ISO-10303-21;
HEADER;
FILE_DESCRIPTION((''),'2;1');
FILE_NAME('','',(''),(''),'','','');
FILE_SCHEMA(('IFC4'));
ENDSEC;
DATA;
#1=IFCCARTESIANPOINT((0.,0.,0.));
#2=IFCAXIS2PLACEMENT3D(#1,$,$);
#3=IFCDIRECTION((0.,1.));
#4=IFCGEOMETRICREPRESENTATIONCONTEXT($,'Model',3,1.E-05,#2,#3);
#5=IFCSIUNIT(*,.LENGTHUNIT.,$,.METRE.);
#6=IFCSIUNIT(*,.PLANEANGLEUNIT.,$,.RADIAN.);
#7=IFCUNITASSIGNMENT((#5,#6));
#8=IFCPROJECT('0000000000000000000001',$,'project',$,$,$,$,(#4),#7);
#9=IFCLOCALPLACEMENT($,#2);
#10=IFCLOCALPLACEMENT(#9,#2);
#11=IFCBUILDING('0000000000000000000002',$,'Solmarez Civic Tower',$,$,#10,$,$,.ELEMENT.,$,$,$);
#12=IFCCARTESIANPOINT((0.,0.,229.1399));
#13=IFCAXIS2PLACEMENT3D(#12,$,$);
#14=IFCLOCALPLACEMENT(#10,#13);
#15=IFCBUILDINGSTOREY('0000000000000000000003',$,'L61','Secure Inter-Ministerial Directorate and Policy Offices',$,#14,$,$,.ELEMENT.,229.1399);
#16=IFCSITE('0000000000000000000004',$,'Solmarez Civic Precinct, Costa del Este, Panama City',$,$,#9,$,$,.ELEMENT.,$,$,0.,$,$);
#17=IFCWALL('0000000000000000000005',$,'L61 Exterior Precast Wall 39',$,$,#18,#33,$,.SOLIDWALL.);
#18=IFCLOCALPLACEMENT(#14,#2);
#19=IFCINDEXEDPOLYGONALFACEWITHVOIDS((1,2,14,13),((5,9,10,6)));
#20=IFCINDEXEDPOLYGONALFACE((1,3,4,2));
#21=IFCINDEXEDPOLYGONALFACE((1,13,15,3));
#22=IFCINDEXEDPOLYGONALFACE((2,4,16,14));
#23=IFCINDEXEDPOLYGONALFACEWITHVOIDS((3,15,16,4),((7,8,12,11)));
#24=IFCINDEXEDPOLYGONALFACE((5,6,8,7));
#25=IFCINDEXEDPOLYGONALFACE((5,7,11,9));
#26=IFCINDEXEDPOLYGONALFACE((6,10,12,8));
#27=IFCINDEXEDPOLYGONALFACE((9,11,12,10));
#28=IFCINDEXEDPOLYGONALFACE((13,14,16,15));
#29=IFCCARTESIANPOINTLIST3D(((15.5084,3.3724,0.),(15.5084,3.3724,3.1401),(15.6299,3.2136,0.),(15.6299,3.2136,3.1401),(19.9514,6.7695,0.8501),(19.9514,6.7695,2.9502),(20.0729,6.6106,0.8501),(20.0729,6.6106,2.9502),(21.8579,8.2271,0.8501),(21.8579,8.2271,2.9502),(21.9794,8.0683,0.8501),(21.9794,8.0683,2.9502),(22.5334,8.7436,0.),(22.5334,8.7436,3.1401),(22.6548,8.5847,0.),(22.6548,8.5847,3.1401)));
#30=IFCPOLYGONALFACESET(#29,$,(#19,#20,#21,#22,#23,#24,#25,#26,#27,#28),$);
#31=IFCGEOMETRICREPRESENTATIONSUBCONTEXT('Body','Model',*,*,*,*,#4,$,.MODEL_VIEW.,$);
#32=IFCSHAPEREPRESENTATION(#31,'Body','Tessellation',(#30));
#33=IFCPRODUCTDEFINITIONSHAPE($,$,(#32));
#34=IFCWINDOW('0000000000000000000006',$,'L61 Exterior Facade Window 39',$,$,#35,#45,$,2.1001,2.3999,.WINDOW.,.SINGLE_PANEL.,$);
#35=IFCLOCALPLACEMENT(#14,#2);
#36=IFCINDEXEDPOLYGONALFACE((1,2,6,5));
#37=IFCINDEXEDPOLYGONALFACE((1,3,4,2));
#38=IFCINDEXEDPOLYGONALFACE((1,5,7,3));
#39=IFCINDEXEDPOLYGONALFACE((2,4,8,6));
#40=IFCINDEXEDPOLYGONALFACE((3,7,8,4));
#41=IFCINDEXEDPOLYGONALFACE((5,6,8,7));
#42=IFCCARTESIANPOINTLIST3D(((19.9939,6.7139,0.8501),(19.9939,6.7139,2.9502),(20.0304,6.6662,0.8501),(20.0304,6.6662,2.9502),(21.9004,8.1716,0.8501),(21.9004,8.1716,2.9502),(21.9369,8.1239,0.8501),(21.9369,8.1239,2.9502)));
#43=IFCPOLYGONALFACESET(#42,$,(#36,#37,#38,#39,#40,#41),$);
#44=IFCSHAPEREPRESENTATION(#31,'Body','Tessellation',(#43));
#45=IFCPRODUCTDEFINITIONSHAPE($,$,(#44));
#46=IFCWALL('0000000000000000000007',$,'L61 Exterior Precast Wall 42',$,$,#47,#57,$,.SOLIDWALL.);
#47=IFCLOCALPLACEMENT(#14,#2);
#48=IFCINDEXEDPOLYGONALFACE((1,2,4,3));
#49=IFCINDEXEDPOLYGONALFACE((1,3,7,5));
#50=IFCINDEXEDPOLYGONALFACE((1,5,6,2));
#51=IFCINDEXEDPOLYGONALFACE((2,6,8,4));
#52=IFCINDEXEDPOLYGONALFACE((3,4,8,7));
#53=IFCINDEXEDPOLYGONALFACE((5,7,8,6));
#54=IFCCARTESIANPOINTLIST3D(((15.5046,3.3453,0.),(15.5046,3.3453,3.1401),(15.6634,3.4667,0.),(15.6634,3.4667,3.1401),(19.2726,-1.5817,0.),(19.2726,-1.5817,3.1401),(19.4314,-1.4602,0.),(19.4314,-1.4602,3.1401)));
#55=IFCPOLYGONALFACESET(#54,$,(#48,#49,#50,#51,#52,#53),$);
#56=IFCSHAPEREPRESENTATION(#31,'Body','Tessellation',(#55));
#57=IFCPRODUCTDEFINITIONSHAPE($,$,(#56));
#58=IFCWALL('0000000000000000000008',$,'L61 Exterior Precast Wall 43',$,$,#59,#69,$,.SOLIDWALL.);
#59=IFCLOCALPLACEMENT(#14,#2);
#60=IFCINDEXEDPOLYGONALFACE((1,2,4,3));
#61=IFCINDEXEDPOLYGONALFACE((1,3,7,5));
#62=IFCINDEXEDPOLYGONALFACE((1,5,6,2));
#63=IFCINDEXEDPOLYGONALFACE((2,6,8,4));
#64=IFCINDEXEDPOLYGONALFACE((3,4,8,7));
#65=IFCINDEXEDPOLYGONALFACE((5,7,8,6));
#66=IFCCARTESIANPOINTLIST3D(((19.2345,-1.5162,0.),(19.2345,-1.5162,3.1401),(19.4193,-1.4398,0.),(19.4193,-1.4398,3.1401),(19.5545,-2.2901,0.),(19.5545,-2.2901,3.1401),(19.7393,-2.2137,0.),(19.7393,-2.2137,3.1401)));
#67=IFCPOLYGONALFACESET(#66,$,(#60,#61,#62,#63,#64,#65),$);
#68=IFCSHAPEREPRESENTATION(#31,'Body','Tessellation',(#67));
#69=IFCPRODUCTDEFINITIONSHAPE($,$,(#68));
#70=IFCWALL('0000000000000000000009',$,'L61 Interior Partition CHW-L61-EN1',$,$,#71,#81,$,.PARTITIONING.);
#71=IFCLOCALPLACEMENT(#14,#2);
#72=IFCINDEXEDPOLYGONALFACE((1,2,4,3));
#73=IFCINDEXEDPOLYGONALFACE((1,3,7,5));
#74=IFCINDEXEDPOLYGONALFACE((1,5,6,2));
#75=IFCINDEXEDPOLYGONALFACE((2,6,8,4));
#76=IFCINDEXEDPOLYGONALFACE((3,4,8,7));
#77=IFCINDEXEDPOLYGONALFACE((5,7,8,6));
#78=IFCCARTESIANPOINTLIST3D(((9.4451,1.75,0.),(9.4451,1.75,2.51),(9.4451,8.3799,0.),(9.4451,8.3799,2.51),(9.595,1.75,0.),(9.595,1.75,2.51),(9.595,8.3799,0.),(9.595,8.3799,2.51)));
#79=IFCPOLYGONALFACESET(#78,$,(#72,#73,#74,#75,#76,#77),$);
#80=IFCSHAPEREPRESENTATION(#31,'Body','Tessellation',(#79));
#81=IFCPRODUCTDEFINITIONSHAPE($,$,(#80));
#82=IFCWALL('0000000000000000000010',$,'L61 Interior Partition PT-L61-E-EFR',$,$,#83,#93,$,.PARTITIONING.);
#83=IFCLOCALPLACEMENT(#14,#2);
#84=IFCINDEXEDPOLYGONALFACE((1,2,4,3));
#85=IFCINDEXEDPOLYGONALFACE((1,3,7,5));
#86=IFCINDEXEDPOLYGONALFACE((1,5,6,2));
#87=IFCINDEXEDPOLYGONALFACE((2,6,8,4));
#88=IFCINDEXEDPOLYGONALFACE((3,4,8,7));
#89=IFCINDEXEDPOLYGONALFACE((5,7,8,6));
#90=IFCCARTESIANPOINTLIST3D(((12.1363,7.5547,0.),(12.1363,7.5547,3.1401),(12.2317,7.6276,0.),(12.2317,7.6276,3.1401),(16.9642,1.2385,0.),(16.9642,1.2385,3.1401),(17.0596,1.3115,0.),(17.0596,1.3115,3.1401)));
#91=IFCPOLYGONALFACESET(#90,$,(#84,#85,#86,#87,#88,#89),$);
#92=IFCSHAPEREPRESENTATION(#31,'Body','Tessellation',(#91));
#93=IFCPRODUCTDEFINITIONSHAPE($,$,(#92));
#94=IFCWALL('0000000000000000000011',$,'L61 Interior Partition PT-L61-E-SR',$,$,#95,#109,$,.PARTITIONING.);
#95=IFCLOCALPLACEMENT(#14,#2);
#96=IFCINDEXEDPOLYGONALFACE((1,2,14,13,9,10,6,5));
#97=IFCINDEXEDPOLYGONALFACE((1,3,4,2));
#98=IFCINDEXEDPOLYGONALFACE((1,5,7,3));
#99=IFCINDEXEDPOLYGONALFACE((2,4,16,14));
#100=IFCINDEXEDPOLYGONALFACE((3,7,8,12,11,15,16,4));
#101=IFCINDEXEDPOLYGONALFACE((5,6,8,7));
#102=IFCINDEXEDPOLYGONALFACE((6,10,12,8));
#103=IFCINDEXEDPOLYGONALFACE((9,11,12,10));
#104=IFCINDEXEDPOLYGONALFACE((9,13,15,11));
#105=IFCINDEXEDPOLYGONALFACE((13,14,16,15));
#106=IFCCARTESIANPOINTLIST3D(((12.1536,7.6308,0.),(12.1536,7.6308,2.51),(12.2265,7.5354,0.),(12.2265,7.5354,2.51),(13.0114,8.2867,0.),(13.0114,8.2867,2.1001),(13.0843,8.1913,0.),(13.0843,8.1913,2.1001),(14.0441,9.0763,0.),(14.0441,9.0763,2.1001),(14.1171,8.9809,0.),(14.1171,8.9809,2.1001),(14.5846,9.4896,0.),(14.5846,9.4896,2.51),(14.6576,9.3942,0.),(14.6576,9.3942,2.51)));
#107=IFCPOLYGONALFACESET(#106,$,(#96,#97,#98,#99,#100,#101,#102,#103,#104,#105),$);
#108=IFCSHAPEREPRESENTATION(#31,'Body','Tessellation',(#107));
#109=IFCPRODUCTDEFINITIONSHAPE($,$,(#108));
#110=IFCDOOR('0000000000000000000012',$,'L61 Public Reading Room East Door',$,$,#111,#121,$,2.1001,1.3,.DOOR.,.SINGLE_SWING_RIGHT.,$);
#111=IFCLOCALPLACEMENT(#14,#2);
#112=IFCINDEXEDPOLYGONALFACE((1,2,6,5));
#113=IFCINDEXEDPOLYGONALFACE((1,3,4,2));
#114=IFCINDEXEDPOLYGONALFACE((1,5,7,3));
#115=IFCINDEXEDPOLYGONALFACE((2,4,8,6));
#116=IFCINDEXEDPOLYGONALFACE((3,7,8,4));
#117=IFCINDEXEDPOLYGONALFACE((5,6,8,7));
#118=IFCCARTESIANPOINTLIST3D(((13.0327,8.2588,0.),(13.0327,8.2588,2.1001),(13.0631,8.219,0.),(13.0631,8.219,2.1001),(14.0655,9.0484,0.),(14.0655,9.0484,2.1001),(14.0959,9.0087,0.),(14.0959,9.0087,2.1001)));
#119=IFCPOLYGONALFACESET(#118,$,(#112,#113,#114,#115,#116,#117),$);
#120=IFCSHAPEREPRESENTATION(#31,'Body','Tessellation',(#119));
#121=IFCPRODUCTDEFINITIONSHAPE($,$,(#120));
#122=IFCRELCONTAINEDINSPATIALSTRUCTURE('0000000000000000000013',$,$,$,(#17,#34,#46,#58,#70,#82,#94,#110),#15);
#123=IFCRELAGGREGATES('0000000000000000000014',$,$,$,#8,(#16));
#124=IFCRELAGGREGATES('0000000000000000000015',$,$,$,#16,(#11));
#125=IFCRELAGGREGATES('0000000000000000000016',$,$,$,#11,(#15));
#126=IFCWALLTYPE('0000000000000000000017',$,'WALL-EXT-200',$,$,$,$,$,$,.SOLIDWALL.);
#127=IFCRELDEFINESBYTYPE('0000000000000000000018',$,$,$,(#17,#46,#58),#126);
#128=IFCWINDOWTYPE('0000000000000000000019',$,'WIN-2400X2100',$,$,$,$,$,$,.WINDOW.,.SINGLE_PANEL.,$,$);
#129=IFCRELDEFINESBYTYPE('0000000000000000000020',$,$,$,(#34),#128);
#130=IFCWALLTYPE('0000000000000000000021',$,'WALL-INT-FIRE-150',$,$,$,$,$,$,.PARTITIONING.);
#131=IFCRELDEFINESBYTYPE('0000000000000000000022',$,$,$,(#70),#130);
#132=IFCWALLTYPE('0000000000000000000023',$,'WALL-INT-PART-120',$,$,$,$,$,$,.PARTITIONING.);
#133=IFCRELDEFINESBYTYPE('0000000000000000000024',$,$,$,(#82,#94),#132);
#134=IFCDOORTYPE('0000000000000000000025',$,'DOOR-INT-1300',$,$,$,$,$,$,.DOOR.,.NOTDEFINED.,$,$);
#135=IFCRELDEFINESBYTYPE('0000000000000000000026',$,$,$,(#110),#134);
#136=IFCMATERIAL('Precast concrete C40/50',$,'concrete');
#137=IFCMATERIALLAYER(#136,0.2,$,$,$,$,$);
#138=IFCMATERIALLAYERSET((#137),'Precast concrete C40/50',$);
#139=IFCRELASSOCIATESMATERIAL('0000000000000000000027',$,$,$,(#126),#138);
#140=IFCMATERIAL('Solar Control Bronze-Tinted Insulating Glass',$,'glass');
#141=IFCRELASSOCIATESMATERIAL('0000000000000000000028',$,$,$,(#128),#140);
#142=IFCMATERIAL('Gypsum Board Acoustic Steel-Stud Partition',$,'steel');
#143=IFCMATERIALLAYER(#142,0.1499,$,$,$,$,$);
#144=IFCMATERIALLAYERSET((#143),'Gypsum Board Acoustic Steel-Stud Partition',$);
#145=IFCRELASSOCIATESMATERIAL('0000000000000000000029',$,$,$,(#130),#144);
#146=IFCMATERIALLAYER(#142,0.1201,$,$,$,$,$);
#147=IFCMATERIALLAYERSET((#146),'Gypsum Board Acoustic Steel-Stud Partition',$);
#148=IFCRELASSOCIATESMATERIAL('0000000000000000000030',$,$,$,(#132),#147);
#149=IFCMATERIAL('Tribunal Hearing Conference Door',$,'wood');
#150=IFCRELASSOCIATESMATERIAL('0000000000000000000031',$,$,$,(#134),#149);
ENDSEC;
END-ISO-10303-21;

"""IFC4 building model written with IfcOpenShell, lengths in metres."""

from ifc_helpers import new_model, si_unit, direction, frame, frame_2d, origin, place, context, subcontext, project, spatial, rectangle, extrude, material, layer, layer_set, type_object, element, fill, save


model = new_model("IFC4")

# Units and contexts
model_context = context("Model", 3, precision=1e-05, world=origin(), true_north=direction((0.0, 1.0)))
body_context = subcontext(model_context, "Body", "Model", "MODEL_VIEW")
ifc_project = project(units=[si_unit("LENGTHUNIT", "METRE"), si_unit("PLANEANGLEUNIT", "RADIAN")], contexts=[model_context])

# Site, building, storey
site_placement = place(None, origin())
site = spatial("IfcSite", under=ifc_project, at=site_placement, Name="Solmarez Civic Precinct, Costa del Este, Panama City", CompositionType="ELEMENT", RefElevation=0.0)
building_placement = place(site_placement, origin())
building = spatial("IfcBuilding", under=site, at=building_placement, Name="Solmarez Civic Tower", CompositionType="ELEMENT")
storey_placement = place(building_placement, frame((0.0, 0.0, 229.1399)))
storey = spatial("IfcBuildingStorey", under=building, at=storey_placement, Name="L61", Description="Secure Inter-Ministerial Directorate and Policy Offices", CompositionType="ELEMENT", Elevation=229.1399)

# Shared definitions
ifc_material_1 = material(Name="Precast concrete C40/50", Category="concrete")
ifc_layer_1 = layer(ifc_material_1, 0.2)
ifc_layer_set_1 = layer_set([ifc_layer_1], Name="Precast concrete C40/50")
wall_type_1 = type_object("IfcWallType", Name="WALL-EXT-200", PredefinedType="SOLIDWALL", material=ifc_layer_set_1)

# Wall, opening, window
wall_1_placement = place(storey_placement, frame((22.594, 8.6641, 0.0), z_axis=(0.0, 0.0, 1.0), x_axis=(-0.794406, -0.607387, 0.0)))
wall_1 = element("IfcWall", 1, at=wall_1_placement, inside=storey, type_object=wall_type_1, Name="L61 Exterior Precast Wall 39", PredefinedType="SOLIDWALL", context=body_context, shape_type="SweptSolid", body=[
    extrude(rectangle(XDim=8.843, YDim=0.2, at=frame_2d((4.4214, 0.0))), origin(), (0.0, 0.0, 1.0), 3.1401),
])
opening_1_placement = place(wall_1_placement, frame((0.8501, 0.0, 0.8501)))
opening_1 = element("IfcOpeningElement", 2, at=opening_1_placement, cuts=wall_1, PredefinedType="OPENING", context=body_context, shape_type="SweptSolid", body=[
    extrude(rectangle(XDim=2.3999, YDim=2.1001, at=frame_2d((1.2, 1.05))), frame((0.0, 0.1099, 0.0), z_axis=(0.0, -1.0, 0.0), x_axis=(1.0, 0.0, 0.0)), (0.0, 0.0, 1.0), 0.22),
])
ifc_material_2 = material(Name="Solar Control Bronze-Tinted Insulating Glass", Category="glass")
window_type = type_object("IfcWindowType", Name="WIN-2400X2100", PartitioningType="SINGLE_PANEL", PredefinedType="WINDOW", material=ifc_material_2)
window_placement = place(opening_1_placement, origin())
window = element("IfcWindow", 3, at=window_placement, inside=storey, type_object=window_type, Name="L61 Exterior Facade Window 39", OverallHeight=2.1001, OverallWidth=2.3999, PartitioningType="SINGLE_PANEL", PredefinedType="WINDOW", context=body_context, shape_type="SweptSolid", body=[
    extrude(rectangle(XDim=2.3999, YDim=2.1001, at=frame_2d((1.2, 1.05))), frame((0.0, 0.03, 0.0), z_axis=(0.0, -1.0, 0.0), x_axis=(1.0, 0.0, 0.0)), (0.0, 0.0, 1.0), 0.0601),
])
fill(opening_1, window)

# Walls
wall_2_placement = place(storey_placement, frame((15.584, 3.406, 0.0), z_axis=(0.0, 0.0, 1.0), x_axis=(0.607487, -0.79433, 0.0)))
element("IfcWall", 4, at=wall_2_placement, inside=storey, type_object=wall_type_1, Name="L61 Exterior Precast Wall 42", PredefinedType="SOLIDWALL", context=body_context, shape_type="SweptSolid", body=[
    extrude(rectangle(XDim=6.2026, YDim=0.2, at=frame_2d((3.1013, 0.0))), origin(), (0.0, 0.0, 1.0), 3.1401),
])
wall_3_placement = place(storey_placement, frame((19.3269, -1.478, 0.0), z_axis=(0.0, 0.0, 1.0), x_axis=(0.382172, -0.924091, 0.0)))
element("IfcWall", 5, at=wall_3_placement, inside=storey, type_object=wall_type_1, Name="L61 Exterior Precast Wall 43", PredefinedType="SOLIDWALL", context=body_context, shape_type="SweptSolid", body=[
    extrude(rectangle(XDim=0.8374, YDim=0.2, at=frame_2d((0.4187, 0.0))), origin(), (0.0, 0.0, 1.0), 3.1401),
])
ifc_material_3 = material(Name="Gypsum Board Acoustic Steel-Stud Partition", Category="steel")
ifc_layer_2 = layer(ifc_material_3, 0.1499)
ifc_layer_set_2 = layer_set([ifc_layer_2], Name="Gypsum Board Acoustic Steel-Stud Partition")
wall_type_2 = type_object("IfcWallType", Name="WALL-INT-FIRE-150", PredefinedType="PARTITIONING", material=ifc_layer_set_2)
wall_4_placement = place(storey_placement, frame((9.52, 1.75, 0.0), z_axis=(0.0, 0.0, 1.0), x_axis=(0.0, 1.0, 0.0)))
element("IfcWall", 6, at=wall_4_placement, inside=storey, type_object=wall_type_2, Name="L61 Interior Partition CHW-L61-EN1", PredefinedType="PARTITIONING", context=body_context, shape_type="SweptSolid", body=[
    extrude(rectangle(XDim=6.6299, YDim=0.1499, at=frame_2d((3.3149, 0.0))), origin(), (0.0, 0.0, 1.0), 2.51),
])
ifc_layer_3 = layer(ifc_material_3, 0.1201)
ifc_layer_set_3 = layer_set([ifc_layer_3], Name="Gypsum Board Acoustic Steel-Stud Partition")
wall_type_3 = type_object("IfcWallType", Name="WALL-INT-PART-120", PredefinedType="PARTITIONING", material=ifc_layer_set_3)
wall_5_placement = place(storey_placement, frame((17.012, 1.2749, 0.0), z_axis=(0.0, 0.0, 1.0), x_axis=(-0.607281, 0.794487, 0.0)))
element("IfcWall", 7, at=wall_5_placement, inside=storey, type_object=wall_type_3, Name="L61 Interior Partition PT-L61-E-EFR", PredefinedType="PARTITIONING", context=body_context, shape_type="SweptSolid", body=[
    extrude(rectangle(XDim=7.95, YDim=0.1201, at=frame_2d((3.9751, 0.0))), origin(), (0.0, 0.0, 1.0), 3.1401),
])

# Wall, opening, door
wall_6_placement = place(storey_placement, frame((12.1899, 7.583, 0.0), z_axis=(0.0, 0.0, 1.0), x_axis=(0.794394, 0.607403, 0.0)))
wall_6 = element("IfcWall", 8, at=wall_6_placement, inside=storey, type_object=wall_type_3, Name="L61 Interior Partition PT-L61-E-SR", PredefinedType="PARTITIONING", context=body_context, shape_type="SweptSolid", body=[
    extrude(rectangle(XDim=3.0603, YDim=0.1201, at=frame_2d((1.5303, 0.0))), origin(), (0.0, 0.0, 1.0), 2.51),
])
opening_2_placement = place(wall_6_placement, frame((1.0801, 0.0, 0.0)))
opening_2 = element("IfcOpeningElement", 9, at=opening_2_placement, cuts=wall_6, PredefinedType="OPENING", context=body_context, shape_type="SweptSolid", body=[
    extrude(rectangle(XDim=1.3, YDim=2.1001, at=frame_2d((0.6499, 1.05))), frame((0.0, 0.0701, 0.0), z_axis=(0.0, -1.0, 0.0), x_axis=(1.0, 0.0, 0.0)), (0.0, 0.0, 1.0), 0.1401),
])
ifc_material_4 = material(Name="Tribunal Hearing Conference Door", Category="wood")
door_type = type_object("IfcDoorType", Name="DOOR-INT-1300", OperationType="NOTDEFINED", PredefinedType="DOOR", material=ifc_material_4)
door_placement = place(opening_2_placement, origin())
door = element("IfcDoor", 10, at=door_placement, inside=storey, type_object=door_type, Name="L61 Public Reading Room East Door", OperationType="SINGLE_SWING_RIGHT", OverallHeight=2.1001, OverallWidth=1.3, PredefinedType="DOOR", context=body_context, shape_type="SweptSolid", body=[
    extrude(rectangle(XDim=1.3, YDim=2.1001, at=frame_2d((0.6499, 1.05))), frame((0.0, 0.0249, 0.0), z_axis=(0.0, -1.0, 0.0), x_axis=(1.0, 0.0, 0.0)), (0.0, 0.0, 1.0), 0.05),
])
fill(opening_2, door)

save(model, "model.ifc")
